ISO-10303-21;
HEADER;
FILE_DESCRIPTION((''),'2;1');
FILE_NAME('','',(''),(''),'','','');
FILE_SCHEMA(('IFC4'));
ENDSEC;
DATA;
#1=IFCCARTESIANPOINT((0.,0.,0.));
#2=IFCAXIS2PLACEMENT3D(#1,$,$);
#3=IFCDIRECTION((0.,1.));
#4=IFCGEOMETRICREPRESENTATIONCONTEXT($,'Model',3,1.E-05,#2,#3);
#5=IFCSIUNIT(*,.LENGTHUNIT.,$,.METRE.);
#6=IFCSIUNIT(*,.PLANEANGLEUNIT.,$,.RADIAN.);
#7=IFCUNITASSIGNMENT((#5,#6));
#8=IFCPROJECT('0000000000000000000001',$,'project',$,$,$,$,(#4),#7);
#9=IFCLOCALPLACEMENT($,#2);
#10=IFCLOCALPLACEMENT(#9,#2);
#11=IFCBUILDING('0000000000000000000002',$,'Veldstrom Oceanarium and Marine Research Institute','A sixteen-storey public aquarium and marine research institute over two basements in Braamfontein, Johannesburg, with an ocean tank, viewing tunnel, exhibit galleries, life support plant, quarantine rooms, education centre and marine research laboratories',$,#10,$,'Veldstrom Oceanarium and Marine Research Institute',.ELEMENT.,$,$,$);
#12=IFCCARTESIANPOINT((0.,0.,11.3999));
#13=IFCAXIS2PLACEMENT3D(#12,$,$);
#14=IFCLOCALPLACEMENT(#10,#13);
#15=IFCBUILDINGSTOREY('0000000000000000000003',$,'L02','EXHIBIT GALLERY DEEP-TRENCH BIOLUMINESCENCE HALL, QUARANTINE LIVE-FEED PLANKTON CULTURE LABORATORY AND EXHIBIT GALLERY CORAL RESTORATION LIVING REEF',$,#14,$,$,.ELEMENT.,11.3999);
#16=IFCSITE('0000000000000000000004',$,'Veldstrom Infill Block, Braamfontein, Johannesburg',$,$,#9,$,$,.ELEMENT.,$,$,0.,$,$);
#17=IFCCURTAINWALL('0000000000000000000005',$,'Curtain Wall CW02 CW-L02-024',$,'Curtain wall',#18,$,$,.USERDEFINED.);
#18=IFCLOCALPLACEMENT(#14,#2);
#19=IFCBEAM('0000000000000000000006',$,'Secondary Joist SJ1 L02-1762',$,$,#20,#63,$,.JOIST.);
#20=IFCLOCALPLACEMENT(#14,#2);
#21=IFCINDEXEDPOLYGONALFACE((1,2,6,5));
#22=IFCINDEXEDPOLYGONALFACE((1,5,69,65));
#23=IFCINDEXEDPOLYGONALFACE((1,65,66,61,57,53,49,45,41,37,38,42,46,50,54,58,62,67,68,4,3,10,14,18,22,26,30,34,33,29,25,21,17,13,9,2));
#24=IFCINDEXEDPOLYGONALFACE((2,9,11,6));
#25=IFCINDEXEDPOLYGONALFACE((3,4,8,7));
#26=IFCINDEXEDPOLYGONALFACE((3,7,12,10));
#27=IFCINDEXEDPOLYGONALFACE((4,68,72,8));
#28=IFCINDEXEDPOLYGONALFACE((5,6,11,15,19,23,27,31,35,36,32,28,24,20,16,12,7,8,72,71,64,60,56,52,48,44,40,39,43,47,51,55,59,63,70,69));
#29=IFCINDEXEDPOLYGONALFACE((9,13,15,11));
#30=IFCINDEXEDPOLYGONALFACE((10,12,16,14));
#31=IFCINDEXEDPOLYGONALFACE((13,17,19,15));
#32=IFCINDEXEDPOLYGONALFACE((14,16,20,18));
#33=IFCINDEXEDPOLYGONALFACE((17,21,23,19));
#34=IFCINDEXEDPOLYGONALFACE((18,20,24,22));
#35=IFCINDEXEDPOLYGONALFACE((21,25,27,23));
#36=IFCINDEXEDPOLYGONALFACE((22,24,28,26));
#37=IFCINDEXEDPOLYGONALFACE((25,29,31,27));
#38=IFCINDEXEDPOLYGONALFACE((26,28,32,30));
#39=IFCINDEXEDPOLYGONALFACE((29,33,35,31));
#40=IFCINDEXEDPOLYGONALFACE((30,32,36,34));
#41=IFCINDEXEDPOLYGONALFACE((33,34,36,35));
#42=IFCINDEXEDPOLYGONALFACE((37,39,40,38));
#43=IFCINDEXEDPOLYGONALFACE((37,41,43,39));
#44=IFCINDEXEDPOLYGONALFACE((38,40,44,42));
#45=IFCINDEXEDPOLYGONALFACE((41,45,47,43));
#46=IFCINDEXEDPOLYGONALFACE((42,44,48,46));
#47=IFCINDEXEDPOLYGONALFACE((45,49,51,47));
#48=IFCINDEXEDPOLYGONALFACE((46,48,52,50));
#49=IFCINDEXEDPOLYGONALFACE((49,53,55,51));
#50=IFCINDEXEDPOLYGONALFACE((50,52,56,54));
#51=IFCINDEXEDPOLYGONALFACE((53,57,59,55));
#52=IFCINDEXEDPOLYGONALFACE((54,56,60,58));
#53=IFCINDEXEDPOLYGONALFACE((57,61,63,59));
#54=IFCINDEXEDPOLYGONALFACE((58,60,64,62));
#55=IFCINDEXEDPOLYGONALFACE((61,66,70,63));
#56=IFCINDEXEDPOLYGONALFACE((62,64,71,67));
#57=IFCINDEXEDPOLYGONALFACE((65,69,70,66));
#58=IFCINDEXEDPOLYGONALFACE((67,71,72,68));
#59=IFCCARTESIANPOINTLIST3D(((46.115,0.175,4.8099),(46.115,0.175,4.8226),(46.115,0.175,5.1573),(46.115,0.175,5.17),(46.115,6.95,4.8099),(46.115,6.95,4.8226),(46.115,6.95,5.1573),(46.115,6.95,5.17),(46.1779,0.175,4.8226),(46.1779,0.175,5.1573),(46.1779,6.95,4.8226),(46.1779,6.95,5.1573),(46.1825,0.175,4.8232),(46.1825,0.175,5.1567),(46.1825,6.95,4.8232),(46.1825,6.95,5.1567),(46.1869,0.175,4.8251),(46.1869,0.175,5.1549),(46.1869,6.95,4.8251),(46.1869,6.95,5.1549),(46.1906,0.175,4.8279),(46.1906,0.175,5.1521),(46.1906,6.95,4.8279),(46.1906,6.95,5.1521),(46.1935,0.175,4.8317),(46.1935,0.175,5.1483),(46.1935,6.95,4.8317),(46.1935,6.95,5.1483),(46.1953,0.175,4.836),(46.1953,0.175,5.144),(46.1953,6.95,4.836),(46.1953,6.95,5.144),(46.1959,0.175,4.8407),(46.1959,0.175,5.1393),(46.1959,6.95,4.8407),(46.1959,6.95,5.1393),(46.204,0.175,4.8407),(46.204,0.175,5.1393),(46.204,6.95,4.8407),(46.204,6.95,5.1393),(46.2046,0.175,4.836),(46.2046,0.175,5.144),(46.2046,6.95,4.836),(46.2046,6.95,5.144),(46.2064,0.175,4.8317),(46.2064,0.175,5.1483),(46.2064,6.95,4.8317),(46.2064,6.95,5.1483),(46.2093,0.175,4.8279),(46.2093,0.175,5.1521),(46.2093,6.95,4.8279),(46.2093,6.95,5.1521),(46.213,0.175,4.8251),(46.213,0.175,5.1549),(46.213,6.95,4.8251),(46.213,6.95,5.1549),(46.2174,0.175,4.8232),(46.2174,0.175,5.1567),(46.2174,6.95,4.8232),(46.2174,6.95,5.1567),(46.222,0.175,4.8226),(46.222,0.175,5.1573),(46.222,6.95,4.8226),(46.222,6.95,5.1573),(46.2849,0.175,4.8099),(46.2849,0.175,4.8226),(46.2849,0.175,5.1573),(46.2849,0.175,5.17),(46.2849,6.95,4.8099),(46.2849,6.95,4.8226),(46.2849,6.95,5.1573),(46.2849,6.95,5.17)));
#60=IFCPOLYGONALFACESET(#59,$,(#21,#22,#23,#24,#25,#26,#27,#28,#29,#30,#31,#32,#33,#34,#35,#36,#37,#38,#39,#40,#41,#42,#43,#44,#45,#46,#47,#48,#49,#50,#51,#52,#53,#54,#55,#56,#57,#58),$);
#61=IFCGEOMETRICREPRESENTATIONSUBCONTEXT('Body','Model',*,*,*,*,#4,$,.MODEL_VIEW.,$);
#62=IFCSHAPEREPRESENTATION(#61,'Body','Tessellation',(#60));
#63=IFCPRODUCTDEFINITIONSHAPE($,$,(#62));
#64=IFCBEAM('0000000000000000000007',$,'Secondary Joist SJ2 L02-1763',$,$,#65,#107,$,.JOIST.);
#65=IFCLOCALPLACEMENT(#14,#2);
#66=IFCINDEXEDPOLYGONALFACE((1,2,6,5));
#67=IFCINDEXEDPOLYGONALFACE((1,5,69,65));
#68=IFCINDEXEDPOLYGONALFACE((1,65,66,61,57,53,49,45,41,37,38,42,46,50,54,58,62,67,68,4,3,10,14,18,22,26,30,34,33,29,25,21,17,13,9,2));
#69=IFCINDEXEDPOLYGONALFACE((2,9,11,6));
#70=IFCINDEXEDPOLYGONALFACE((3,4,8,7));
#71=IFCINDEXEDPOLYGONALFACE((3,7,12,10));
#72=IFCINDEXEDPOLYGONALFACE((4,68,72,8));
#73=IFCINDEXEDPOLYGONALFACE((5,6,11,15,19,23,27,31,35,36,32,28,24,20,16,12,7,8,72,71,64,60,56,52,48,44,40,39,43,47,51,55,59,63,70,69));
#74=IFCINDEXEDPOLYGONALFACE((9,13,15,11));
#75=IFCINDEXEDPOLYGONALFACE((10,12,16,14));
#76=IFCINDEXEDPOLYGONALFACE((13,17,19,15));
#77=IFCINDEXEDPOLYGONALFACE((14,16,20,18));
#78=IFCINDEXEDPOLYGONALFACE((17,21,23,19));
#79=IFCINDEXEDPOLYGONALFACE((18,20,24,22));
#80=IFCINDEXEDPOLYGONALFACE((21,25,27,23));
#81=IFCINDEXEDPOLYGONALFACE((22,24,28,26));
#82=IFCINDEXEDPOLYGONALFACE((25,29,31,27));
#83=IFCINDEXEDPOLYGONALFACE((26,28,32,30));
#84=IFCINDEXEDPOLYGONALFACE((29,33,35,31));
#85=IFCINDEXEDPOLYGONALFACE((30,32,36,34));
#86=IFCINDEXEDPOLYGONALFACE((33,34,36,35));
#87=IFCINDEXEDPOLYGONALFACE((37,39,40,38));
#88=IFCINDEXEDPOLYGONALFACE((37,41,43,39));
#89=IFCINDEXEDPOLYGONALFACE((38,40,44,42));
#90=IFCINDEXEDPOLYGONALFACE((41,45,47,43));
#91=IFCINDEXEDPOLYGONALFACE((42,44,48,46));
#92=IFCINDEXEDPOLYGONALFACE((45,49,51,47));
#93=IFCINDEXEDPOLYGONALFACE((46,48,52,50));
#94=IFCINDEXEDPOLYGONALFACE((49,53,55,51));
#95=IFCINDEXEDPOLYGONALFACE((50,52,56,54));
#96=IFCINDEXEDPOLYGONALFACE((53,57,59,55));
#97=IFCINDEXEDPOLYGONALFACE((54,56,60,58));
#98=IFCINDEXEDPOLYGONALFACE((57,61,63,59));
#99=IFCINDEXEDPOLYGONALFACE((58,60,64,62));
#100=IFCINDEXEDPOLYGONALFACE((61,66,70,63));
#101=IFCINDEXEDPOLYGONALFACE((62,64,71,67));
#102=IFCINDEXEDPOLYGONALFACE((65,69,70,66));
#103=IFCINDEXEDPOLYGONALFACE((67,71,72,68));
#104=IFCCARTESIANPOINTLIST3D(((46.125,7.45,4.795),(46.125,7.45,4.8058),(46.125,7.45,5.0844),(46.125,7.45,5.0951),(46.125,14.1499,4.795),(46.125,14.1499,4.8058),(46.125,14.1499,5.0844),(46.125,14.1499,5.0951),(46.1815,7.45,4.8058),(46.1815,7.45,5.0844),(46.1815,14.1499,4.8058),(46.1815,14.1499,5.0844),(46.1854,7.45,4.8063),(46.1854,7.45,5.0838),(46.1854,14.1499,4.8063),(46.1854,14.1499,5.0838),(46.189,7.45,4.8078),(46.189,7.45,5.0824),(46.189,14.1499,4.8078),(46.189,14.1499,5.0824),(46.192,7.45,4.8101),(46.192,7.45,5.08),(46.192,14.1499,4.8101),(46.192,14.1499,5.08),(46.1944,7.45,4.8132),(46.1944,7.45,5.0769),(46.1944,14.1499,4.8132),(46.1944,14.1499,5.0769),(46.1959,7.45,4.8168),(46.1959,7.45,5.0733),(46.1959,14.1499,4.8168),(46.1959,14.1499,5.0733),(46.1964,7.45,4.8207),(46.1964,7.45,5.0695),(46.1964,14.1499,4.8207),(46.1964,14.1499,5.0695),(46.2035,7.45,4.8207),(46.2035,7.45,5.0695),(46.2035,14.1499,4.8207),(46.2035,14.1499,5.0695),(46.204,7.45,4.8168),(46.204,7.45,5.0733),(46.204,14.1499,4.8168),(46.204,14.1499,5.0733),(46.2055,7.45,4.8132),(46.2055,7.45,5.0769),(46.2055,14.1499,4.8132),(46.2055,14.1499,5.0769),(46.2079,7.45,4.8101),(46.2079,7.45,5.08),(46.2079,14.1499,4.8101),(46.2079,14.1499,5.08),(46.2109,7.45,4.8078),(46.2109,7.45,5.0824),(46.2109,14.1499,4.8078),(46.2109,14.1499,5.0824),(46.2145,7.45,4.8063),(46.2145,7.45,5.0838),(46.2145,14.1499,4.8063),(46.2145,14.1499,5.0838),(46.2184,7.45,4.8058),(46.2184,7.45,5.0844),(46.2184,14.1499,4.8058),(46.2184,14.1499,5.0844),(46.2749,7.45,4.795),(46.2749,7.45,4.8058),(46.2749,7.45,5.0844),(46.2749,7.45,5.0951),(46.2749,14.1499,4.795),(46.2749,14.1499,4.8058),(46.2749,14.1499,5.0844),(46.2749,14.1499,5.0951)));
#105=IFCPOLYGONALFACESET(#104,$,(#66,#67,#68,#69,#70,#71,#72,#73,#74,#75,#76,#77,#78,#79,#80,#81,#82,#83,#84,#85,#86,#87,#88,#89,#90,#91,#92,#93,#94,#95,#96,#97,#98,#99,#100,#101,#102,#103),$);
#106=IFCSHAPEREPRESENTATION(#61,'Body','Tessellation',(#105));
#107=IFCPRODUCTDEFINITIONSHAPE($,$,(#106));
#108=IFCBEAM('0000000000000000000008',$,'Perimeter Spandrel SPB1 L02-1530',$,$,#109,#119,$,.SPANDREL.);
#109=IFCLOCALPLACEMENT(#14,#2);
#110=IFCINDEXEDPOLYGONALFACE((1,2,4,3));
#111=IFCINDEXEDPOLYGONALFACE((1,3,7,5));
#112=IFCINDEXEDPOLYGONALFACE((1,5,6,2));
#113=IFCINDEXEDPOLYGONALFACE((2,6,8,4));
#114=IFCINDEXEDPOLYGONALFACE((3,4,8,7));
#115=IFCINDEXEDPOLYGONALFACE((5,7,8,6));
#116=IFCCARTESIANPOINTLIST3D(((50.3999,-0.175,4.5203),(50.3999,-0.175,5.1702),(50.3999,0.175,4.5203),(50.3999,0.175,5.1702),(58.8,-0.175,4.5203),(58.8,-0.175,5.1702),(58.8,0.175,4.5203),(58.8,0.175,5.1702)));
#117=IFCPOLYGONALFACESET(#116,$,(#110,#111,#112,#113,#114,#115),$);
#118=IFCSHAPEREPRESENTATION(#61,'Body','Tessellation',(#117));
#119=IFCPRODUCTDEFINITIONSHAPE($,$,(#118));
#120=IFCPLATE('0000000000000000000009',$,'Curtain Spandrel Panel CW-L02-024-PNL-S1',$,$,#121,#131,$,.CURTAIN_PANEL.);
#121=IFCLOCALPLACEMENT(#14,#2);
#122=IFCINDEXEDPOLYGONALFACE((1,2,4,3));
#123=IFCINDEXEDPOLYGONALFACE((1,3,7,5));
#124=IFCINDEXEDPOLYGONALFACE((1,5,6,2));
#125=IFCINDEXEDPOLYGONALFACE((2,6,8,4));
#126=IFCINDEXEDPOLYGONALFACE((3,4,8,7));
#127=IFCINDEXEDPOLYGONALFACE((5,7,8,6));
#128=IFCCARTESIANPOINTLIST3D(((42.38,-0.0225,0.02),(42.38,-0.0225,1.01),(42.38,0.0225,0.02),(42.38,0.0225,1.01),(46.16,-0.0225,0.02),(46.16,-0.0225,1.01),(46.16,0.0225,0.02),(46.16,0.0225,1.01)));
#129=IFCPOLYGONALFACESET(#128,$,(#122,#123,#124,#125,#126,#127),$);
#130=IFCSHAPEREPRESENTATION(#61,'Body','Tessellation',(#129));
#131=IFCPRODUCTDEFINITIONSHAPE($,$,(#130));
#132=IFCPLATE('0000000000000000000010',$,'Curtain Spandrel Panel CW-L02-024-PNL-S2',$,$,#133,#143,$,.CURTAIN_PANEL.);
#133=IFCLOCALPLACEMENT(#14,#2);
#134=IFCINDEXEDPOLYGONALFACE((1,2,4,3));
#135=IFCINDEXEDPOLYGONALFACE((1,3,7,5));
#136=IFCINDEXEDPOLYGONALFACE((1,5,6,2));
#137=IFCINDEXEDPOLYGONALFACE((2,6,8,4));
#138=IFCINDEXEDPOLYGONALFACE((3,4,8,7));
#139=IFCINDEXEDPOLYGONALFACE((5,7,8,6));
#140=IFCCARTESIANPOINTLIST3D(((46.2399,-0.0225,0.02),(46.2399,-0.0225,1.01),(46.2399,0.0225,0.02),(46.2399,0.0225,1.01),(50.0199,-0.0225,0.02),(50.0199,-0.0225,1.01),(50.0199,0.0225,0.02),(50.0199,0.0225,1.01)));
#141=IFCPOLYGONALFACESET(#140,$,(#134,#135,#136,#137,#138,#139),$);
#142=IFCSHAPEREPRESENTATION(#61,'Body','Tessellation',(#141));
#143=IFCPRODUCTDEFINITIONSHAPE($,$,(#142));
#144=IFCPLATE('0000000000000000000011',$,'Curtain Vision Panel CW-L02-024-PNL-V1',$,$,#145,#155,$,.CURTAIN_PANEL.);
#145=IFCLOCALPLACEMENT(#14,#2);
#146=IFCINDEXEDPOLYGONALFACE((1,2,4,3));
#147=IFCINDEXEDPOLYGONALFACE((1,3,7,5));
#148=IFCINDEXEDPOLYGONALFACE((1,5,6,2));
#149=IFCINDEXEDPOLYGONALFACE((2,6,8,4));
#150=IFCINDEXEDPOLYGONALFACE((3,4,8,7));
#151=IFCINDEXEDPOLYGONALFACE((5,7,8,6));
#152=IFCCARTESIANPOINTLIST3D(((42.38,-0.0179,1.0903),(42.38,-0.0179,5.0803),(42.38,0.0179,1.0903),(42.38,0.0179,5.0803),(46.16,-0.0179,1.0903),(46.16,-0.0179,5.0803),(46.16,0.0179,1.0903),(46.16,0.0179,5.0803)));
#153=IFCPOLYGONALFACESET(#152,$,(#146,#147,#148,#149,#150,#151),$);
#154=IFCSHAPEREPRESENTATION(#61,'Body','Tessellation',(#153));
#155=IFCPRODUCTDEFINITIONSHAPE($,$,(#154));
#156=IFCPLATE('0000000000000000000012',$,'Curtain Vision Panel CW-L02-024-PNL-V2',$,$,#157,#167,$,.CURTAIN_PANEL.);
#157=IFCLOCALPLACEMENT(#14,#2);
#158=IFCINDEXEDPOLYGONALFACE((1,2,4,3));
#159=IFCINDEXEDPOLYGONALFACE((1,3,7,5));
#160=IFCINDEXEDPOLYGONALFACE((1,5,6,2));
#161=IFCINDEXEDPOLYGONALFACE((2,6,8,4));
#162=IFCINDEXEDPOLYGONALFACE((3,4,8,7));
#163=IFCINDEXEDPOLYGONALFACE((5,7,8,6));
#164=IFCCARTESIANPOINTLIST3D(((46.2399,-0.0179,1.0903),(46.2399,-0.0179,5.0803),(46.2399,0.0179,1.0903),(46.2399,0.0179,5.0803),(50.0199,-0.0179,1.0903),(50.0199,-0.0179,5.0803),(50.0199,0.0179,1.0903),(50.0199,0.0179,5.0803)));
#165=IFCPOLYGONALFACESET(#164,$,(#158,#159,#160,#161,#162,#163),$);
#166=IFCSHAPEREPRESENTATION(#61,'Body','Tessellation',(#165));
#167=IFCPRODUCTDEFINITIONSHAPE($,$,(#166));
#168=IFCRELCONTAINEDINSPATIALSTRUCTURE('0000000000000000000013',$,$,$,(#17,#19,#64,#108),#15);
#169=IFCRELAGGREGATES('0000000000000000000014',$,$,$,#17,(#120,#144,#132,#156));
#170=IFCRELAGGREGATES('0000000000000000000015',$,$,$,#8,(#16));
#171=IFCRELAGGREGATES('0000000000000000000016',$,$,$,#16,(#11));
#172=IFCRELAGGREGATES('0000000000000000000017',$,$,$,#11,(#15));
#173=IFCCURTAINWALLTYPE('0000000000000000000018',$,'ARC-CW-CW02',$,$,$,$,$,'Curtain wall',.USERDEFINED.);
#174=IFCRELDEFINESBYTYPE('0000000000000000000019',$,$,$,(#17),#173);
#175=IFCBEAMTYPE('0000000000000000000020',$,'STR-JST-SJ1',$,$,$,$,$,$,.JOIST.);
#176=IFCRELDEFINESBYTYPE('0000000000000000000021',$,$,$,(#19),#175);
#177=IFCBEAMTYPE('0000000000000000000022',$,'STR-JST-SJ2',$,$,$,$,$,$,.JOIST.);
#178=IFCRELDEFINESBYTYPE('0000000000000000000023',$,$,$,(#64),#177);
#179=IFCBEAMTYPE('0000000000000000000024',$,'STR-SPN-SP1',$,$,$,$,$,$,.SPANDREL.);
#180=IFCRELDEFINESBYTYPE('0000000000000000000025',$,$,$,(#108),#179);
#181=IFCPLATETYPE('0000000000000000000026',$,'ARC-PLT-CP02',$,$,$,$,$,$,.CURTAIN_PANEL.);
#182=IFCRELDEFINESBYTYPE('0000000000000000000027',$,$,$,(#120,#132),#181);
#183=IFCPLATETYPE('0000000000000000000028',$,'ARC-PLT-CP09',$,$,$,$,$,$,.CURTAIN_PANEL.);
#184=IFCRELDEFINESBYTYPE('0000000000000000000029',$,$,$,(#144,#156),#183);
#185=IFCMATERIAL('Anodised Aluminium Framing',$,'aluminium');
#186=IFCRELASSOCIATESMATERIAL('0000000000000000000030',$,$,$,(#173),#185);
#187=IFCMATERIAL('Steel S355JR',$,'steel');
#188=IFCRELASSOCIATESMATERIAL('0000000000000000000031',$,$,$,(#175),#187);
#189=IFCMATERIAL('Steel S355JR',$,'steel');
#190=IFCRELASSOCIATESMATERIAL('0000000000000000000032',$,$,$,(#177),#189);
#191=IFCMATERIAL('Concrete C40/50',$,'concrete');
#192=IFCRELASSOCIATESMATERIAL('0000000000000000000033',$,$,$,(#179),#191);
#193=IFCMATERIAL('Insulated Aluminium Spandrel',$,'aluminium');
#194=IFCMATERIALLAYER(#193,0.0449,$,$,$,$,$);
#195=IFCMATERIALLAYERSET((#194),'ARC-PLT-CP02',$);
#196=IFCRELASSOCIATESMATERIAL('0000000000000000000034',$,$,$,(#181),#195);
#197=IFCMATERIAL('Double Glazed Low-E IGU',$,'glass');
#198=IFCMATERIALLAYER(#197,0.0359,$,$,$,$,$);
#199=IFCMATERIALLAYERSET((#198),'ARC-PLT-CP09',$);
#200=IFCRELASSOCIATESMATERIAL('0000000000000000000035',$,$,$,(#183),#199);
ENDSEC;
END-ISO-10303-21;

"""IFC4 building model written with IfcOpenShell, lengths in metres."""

from ifc_helpers import new_model, si_unit, direction, frame, origin, origin_2d, place, context, subcontext, project, spatial, rectangle, i_section, extrude, material, layer, layer_set, material_profile, profile_set, type_object, element, aggregate, save


model = new_model("IFC4")

# Units and contexts
model_context = context("Model", 3, precision=1e-05, world=origin(), true_north=direction((0.0, 1.0)))
body_context = subcontext(model_context, "Body", "Model", "MODEL_VIEW")
ifc_project = project(units=[si_unit("LENGTHUNIT", "METRE"), si_unit("PLANEANGLEUNIT", "RADIAN")], contexts=[model_context])

# Site, building, storey
site_placement = place(None, origin())
site = spatial("IfcSite", under=ifc_project, at=site_placement, Name="Veldstrom Infill Block, Braamfontein, Johannesburg", CompositionType="ELEMENT", RefElevation=0.0)
building_placement = place(site_placement, origin())
building = spatial("IfcBuilding", under=site, at=building_placement, Name="Veldstrom Oceanarium and Marine Research Institute", Description="A sixteen-storey public aquarium and marine research institute over two basements in Braamfontein, Johannesburg, with an ocean tank, viewing tunnel, exhibit galleries, life support plant, quarantine rooms, education centre and marine research laboratories", LongName="Veldstrom Oceanarium and Marine Research Institute", CompositionType="ELEMENT")
storey_placement = place(building_placement, frame((0.0, 0.0, 11.3999)))
storey = spatial("IfcBuildingStorey", under=building, at=storey_placement, Name="L02", Description="EXHIBIT GALLERY DEEP-TRENCH BIOLUMINESCENCE HALL, QUARANTINE LIVE-FEED PLANKTON CULTURE LABORATORY AND EXHIBIT GALLERY CORAL RESTORATION LIVING REEF", CompositionType="ELEMENT", Elevation=11.3999)

# Curtain wall
ifc_material_1 = material(Name="Anodised Aluminium Framing", Category="aluminium")
curtain_wall_type = type_object("IfcCurtainWallType", Name="ARC-CW-CW02", ElementType="Curtain wall", PredefinedType="USERDEFINED", material=ifc_material_1)
curtain_wall_placement = place(storey_placement, origin())
curtain_wall = element("IfcCurtainWall", 1, at=curtain_wall_placement, inside=storey, type_object=curtain_wall_type, Name="Curtain Wall CW02 CW-L02-024", ObjectType="Curtain wall", PredefinedType="USERDEFINED")

# Beams
ifc_material_2 = material(Name="Steel S355JR", Category="steel")
ifc_material_profile_1 = material_profile(ifc_material_2, i_section(OverallWidth=0.1699, OverallDepth=0.3601, WebThickness=0.0081, FlangeThickness=0.0127, FilletRadius=0.0181, at=origin_2d()), Name="IPE 360")
ifc_profile_set_1 = profile_set([ifc_material_profile_1], Name="Steel S355JR")
beam_type_1 = type_object("IfcBeamType", Name="STR-JST-SJ1", PredefinedType="JOIST", material=ifc_profile_set_1)
beam_1_placement = place(storey_placement, frame((46.2, 0.175, 4.99), z_axis=(0.0, 1.0, 0.0), x_axis=(-1.0, 0.0, 0.0)))
element("IfcBeam", 2, at=beam_1_placement, inside=storey, type_object=beam_type_1, Name="Secondary Joist SJ1 L02-1762", PredefinedType="JOIST", context=body_context, shape_type="SweptSolid", body=[
    extrude(i_section(OverallWidth=0.1699, OverallDepth=0.3601, WebThickness=0.0081, FlangeThickness=0.0127, FilletRadius=0.0181, at=origin_2d()), origin(), (0.0, 0.0, 1.0), 6.7749),
])
ifc_material_3 = material(Name="Steel S355JR", Category="steel")
ifc_material_profile_2 = material_profile(ifc_material_3, i_section(OverallWidth=0.1499, OverallDepth=0.3, WebThickness=0.0071, FlangeThickness=0.0107, FilletRadius=0.0149, at=origin_2d()), Name="IPE 300")
ifc_profile_set_2 = profile_set([ifc_material_profile_2], Name="Steel S355JR")
beam_type_2 = type_object("IfcBeamType", Name="STR-JST-SJ2", PredefinedType="JOIST", material=ifc_profile_set_2)
beam_2_placement = place(storey_placement, frame((46.2, 7.45, 4.9451), z_axis=(0.0, 1.0, 0.0), x_axis=(-1.0, 0.0, 0.0)))
element("IfcBeam", 3, at=beam_2_placement, inside=storey, type_object=beam_type_2, Name="Secondary Joist SJ2 L02-1763", PredefinedType="JOIST", context=body_context, shape_type="SweptSolid", body=[
    extrude(i_section(OverallWidth=0.1499, OverallDepth=0.3, WebThickness=0.0071, FlangeThickness=0.0107, FilletRadius=0.0149, at=origin_2d()), origin(), (0.0, 0.0, 1.0), 6.7),
])
ifc_material_4 = material(Name="Concrete C40/50", Category="concrete")
ifc_material_profile_3 = material_profile(ifc_material_4, rectangle(XDim=0.3501, YDim=0.6499, at=origin_2d()), Name="RC-SPN-350x650")
ifc_profile_set_3 = profile_set([ifc_material_profile_3], Name="Concrete C40/50")
beam_type_3 = type_object("IfcBeamType", Name="STR-SPN-SP1", PredefinedType="SPANDREL", material=ifc_profile_set_3)
beam_3_placement = place(storey_placement, frame((50.3999, 0.0, 4.8452), z_axis=(1.0, 0.0, 0.0), x_axis=(0.0, 1.0, 0.0)))
element("IfcBeam", 4, at=beam_3_placement, inside=storey, type_object=beam_type_3, Name="Perimeter Spandrel SPB1 L02-1530", PredefinedType="SPANDREL", context=body_context, shape_type="SweptSolid", body=[
    extrude(rectangle(XDim=0.3501, YDim=0.6499, at=origin_2d()), origin(), (0.0, 0.0, 1.0), 8.4001),
])

# Plates
ifc_material_5 = material(Name="Insulated Aluminium Spandrel", Category="aluminium")
ifc_layer_1 = layer(ifc_material_5, 0.0449)
ifc_layer_set_1 = layer_set([ifc_layer_1], Name="ARC-PLT-CP02")
plate_type_1 = type_object("IfcPlateType", Name="ARC-PLT-CP02", PredefinedType="CURTAIN_PANEL", material=ifc_layer_set_1)
plate_1_placement = place(storey_placement, frame((44.27, 0.0, 0.02), z_axis=(0.0, 0.0, 1.0), x_axis=(1.0, 0.0, 0.0)))
plate_1 = element("IfcPlate", 5, at=plate_1_placement, type_object=plate_type_1, Name="Curtain Spandrel Panel CW-L02-024-PNL-S1", PredefinedType="CURTAIN_PANEL", context=body_context, shape_type="SweptSolid", body=[
    extrude(rectangle(XDim=3.78, YDim=0.0449, at=origin_2d()), origin(), (0.0, 0.0, 1.0), 0.99),
])
plate_2_placement = place(storey_placement, frame((48.1299, 0.0, 0.02), z_axis=(0.0, 0.0, 1.0), x_axis=(1.0, 0.0, 0.0)))
plate_2 = element("IfcPlate", 6, at=plate_2_placement, type_object=plate_type_1, Name="Curtain Spandrel Panel CW-L02-024-PNL-S2", PredefinedType="CURTAIN_PANEL", context=body_context, shape_type="SweptSolid", body=[
    extrude(rectangle(XDim=3.78, YDim=0.0449, at=origin_2d()), origin(), (0.0, 0.0, 1.0), 0.99),
])
ifc_material_6 = material(Name="Double Glazed Low-E IGU", Category="glass")
ifc_layer_2 = layer(ifc_material_6, 0.0359)
ifc_layer_set_2 = layer_set([ifc_layer_2], Name="ARC-PLT-CP09")
plate_type_2 = type_object("IfcPlateType", Name="ARC-PLT-CP09", PredefinedType="CURTAIN_PANEL", material=ifc_layer_set_2)
plate_3_placement = place(storey_placement, frame((44.27, 0.0, 1.0903), z_axis=(0.0, 0.0, 1.0), x_axis=(1.0, 0.0, 0.0)))
plate_3 = element("IfcPlate", 7, at=plate_3_placement, type_object=plate_type_2, Name="Curtain Vision Panel CW-L02-024-PNL-V1", PredefinedType="CURTAIN_PANEL", context=body_context, shape_type="SweptSolid", body=[
    extrude(rectangle(XDim=3.78, YDim=0.0359, at=origin_2d()), origin(), (0.0, 0.0, 1.0), 3.99),
])
plate_4_placement = place(storey_placement, frame((48.1299, 0.0, 1.0903), z_axis=(0.0, 0.0, 1.0), x_axis=(1.0, 0.0, 0.0)))
plate_4 = element("IfcPlate", 8, at=plate_4_placement, type_object=plate_type_2, Name="Curtain Vision Panel CW-L02-024-PNL-V2", PredefinedType="CURTAIN_PANEL", context=body_context, shape_type="SweptSolid", body=[
    extrude(rectangle(XDim=3.78, YDim=0.0359, at=origin_2d()), origin(), (0.0, 0.0, 1.0), 3.99),
])
aggregate(curtain_wall, [plate_1, plate_3, plate_2, plate_4])

save(model, "model.ifc")
